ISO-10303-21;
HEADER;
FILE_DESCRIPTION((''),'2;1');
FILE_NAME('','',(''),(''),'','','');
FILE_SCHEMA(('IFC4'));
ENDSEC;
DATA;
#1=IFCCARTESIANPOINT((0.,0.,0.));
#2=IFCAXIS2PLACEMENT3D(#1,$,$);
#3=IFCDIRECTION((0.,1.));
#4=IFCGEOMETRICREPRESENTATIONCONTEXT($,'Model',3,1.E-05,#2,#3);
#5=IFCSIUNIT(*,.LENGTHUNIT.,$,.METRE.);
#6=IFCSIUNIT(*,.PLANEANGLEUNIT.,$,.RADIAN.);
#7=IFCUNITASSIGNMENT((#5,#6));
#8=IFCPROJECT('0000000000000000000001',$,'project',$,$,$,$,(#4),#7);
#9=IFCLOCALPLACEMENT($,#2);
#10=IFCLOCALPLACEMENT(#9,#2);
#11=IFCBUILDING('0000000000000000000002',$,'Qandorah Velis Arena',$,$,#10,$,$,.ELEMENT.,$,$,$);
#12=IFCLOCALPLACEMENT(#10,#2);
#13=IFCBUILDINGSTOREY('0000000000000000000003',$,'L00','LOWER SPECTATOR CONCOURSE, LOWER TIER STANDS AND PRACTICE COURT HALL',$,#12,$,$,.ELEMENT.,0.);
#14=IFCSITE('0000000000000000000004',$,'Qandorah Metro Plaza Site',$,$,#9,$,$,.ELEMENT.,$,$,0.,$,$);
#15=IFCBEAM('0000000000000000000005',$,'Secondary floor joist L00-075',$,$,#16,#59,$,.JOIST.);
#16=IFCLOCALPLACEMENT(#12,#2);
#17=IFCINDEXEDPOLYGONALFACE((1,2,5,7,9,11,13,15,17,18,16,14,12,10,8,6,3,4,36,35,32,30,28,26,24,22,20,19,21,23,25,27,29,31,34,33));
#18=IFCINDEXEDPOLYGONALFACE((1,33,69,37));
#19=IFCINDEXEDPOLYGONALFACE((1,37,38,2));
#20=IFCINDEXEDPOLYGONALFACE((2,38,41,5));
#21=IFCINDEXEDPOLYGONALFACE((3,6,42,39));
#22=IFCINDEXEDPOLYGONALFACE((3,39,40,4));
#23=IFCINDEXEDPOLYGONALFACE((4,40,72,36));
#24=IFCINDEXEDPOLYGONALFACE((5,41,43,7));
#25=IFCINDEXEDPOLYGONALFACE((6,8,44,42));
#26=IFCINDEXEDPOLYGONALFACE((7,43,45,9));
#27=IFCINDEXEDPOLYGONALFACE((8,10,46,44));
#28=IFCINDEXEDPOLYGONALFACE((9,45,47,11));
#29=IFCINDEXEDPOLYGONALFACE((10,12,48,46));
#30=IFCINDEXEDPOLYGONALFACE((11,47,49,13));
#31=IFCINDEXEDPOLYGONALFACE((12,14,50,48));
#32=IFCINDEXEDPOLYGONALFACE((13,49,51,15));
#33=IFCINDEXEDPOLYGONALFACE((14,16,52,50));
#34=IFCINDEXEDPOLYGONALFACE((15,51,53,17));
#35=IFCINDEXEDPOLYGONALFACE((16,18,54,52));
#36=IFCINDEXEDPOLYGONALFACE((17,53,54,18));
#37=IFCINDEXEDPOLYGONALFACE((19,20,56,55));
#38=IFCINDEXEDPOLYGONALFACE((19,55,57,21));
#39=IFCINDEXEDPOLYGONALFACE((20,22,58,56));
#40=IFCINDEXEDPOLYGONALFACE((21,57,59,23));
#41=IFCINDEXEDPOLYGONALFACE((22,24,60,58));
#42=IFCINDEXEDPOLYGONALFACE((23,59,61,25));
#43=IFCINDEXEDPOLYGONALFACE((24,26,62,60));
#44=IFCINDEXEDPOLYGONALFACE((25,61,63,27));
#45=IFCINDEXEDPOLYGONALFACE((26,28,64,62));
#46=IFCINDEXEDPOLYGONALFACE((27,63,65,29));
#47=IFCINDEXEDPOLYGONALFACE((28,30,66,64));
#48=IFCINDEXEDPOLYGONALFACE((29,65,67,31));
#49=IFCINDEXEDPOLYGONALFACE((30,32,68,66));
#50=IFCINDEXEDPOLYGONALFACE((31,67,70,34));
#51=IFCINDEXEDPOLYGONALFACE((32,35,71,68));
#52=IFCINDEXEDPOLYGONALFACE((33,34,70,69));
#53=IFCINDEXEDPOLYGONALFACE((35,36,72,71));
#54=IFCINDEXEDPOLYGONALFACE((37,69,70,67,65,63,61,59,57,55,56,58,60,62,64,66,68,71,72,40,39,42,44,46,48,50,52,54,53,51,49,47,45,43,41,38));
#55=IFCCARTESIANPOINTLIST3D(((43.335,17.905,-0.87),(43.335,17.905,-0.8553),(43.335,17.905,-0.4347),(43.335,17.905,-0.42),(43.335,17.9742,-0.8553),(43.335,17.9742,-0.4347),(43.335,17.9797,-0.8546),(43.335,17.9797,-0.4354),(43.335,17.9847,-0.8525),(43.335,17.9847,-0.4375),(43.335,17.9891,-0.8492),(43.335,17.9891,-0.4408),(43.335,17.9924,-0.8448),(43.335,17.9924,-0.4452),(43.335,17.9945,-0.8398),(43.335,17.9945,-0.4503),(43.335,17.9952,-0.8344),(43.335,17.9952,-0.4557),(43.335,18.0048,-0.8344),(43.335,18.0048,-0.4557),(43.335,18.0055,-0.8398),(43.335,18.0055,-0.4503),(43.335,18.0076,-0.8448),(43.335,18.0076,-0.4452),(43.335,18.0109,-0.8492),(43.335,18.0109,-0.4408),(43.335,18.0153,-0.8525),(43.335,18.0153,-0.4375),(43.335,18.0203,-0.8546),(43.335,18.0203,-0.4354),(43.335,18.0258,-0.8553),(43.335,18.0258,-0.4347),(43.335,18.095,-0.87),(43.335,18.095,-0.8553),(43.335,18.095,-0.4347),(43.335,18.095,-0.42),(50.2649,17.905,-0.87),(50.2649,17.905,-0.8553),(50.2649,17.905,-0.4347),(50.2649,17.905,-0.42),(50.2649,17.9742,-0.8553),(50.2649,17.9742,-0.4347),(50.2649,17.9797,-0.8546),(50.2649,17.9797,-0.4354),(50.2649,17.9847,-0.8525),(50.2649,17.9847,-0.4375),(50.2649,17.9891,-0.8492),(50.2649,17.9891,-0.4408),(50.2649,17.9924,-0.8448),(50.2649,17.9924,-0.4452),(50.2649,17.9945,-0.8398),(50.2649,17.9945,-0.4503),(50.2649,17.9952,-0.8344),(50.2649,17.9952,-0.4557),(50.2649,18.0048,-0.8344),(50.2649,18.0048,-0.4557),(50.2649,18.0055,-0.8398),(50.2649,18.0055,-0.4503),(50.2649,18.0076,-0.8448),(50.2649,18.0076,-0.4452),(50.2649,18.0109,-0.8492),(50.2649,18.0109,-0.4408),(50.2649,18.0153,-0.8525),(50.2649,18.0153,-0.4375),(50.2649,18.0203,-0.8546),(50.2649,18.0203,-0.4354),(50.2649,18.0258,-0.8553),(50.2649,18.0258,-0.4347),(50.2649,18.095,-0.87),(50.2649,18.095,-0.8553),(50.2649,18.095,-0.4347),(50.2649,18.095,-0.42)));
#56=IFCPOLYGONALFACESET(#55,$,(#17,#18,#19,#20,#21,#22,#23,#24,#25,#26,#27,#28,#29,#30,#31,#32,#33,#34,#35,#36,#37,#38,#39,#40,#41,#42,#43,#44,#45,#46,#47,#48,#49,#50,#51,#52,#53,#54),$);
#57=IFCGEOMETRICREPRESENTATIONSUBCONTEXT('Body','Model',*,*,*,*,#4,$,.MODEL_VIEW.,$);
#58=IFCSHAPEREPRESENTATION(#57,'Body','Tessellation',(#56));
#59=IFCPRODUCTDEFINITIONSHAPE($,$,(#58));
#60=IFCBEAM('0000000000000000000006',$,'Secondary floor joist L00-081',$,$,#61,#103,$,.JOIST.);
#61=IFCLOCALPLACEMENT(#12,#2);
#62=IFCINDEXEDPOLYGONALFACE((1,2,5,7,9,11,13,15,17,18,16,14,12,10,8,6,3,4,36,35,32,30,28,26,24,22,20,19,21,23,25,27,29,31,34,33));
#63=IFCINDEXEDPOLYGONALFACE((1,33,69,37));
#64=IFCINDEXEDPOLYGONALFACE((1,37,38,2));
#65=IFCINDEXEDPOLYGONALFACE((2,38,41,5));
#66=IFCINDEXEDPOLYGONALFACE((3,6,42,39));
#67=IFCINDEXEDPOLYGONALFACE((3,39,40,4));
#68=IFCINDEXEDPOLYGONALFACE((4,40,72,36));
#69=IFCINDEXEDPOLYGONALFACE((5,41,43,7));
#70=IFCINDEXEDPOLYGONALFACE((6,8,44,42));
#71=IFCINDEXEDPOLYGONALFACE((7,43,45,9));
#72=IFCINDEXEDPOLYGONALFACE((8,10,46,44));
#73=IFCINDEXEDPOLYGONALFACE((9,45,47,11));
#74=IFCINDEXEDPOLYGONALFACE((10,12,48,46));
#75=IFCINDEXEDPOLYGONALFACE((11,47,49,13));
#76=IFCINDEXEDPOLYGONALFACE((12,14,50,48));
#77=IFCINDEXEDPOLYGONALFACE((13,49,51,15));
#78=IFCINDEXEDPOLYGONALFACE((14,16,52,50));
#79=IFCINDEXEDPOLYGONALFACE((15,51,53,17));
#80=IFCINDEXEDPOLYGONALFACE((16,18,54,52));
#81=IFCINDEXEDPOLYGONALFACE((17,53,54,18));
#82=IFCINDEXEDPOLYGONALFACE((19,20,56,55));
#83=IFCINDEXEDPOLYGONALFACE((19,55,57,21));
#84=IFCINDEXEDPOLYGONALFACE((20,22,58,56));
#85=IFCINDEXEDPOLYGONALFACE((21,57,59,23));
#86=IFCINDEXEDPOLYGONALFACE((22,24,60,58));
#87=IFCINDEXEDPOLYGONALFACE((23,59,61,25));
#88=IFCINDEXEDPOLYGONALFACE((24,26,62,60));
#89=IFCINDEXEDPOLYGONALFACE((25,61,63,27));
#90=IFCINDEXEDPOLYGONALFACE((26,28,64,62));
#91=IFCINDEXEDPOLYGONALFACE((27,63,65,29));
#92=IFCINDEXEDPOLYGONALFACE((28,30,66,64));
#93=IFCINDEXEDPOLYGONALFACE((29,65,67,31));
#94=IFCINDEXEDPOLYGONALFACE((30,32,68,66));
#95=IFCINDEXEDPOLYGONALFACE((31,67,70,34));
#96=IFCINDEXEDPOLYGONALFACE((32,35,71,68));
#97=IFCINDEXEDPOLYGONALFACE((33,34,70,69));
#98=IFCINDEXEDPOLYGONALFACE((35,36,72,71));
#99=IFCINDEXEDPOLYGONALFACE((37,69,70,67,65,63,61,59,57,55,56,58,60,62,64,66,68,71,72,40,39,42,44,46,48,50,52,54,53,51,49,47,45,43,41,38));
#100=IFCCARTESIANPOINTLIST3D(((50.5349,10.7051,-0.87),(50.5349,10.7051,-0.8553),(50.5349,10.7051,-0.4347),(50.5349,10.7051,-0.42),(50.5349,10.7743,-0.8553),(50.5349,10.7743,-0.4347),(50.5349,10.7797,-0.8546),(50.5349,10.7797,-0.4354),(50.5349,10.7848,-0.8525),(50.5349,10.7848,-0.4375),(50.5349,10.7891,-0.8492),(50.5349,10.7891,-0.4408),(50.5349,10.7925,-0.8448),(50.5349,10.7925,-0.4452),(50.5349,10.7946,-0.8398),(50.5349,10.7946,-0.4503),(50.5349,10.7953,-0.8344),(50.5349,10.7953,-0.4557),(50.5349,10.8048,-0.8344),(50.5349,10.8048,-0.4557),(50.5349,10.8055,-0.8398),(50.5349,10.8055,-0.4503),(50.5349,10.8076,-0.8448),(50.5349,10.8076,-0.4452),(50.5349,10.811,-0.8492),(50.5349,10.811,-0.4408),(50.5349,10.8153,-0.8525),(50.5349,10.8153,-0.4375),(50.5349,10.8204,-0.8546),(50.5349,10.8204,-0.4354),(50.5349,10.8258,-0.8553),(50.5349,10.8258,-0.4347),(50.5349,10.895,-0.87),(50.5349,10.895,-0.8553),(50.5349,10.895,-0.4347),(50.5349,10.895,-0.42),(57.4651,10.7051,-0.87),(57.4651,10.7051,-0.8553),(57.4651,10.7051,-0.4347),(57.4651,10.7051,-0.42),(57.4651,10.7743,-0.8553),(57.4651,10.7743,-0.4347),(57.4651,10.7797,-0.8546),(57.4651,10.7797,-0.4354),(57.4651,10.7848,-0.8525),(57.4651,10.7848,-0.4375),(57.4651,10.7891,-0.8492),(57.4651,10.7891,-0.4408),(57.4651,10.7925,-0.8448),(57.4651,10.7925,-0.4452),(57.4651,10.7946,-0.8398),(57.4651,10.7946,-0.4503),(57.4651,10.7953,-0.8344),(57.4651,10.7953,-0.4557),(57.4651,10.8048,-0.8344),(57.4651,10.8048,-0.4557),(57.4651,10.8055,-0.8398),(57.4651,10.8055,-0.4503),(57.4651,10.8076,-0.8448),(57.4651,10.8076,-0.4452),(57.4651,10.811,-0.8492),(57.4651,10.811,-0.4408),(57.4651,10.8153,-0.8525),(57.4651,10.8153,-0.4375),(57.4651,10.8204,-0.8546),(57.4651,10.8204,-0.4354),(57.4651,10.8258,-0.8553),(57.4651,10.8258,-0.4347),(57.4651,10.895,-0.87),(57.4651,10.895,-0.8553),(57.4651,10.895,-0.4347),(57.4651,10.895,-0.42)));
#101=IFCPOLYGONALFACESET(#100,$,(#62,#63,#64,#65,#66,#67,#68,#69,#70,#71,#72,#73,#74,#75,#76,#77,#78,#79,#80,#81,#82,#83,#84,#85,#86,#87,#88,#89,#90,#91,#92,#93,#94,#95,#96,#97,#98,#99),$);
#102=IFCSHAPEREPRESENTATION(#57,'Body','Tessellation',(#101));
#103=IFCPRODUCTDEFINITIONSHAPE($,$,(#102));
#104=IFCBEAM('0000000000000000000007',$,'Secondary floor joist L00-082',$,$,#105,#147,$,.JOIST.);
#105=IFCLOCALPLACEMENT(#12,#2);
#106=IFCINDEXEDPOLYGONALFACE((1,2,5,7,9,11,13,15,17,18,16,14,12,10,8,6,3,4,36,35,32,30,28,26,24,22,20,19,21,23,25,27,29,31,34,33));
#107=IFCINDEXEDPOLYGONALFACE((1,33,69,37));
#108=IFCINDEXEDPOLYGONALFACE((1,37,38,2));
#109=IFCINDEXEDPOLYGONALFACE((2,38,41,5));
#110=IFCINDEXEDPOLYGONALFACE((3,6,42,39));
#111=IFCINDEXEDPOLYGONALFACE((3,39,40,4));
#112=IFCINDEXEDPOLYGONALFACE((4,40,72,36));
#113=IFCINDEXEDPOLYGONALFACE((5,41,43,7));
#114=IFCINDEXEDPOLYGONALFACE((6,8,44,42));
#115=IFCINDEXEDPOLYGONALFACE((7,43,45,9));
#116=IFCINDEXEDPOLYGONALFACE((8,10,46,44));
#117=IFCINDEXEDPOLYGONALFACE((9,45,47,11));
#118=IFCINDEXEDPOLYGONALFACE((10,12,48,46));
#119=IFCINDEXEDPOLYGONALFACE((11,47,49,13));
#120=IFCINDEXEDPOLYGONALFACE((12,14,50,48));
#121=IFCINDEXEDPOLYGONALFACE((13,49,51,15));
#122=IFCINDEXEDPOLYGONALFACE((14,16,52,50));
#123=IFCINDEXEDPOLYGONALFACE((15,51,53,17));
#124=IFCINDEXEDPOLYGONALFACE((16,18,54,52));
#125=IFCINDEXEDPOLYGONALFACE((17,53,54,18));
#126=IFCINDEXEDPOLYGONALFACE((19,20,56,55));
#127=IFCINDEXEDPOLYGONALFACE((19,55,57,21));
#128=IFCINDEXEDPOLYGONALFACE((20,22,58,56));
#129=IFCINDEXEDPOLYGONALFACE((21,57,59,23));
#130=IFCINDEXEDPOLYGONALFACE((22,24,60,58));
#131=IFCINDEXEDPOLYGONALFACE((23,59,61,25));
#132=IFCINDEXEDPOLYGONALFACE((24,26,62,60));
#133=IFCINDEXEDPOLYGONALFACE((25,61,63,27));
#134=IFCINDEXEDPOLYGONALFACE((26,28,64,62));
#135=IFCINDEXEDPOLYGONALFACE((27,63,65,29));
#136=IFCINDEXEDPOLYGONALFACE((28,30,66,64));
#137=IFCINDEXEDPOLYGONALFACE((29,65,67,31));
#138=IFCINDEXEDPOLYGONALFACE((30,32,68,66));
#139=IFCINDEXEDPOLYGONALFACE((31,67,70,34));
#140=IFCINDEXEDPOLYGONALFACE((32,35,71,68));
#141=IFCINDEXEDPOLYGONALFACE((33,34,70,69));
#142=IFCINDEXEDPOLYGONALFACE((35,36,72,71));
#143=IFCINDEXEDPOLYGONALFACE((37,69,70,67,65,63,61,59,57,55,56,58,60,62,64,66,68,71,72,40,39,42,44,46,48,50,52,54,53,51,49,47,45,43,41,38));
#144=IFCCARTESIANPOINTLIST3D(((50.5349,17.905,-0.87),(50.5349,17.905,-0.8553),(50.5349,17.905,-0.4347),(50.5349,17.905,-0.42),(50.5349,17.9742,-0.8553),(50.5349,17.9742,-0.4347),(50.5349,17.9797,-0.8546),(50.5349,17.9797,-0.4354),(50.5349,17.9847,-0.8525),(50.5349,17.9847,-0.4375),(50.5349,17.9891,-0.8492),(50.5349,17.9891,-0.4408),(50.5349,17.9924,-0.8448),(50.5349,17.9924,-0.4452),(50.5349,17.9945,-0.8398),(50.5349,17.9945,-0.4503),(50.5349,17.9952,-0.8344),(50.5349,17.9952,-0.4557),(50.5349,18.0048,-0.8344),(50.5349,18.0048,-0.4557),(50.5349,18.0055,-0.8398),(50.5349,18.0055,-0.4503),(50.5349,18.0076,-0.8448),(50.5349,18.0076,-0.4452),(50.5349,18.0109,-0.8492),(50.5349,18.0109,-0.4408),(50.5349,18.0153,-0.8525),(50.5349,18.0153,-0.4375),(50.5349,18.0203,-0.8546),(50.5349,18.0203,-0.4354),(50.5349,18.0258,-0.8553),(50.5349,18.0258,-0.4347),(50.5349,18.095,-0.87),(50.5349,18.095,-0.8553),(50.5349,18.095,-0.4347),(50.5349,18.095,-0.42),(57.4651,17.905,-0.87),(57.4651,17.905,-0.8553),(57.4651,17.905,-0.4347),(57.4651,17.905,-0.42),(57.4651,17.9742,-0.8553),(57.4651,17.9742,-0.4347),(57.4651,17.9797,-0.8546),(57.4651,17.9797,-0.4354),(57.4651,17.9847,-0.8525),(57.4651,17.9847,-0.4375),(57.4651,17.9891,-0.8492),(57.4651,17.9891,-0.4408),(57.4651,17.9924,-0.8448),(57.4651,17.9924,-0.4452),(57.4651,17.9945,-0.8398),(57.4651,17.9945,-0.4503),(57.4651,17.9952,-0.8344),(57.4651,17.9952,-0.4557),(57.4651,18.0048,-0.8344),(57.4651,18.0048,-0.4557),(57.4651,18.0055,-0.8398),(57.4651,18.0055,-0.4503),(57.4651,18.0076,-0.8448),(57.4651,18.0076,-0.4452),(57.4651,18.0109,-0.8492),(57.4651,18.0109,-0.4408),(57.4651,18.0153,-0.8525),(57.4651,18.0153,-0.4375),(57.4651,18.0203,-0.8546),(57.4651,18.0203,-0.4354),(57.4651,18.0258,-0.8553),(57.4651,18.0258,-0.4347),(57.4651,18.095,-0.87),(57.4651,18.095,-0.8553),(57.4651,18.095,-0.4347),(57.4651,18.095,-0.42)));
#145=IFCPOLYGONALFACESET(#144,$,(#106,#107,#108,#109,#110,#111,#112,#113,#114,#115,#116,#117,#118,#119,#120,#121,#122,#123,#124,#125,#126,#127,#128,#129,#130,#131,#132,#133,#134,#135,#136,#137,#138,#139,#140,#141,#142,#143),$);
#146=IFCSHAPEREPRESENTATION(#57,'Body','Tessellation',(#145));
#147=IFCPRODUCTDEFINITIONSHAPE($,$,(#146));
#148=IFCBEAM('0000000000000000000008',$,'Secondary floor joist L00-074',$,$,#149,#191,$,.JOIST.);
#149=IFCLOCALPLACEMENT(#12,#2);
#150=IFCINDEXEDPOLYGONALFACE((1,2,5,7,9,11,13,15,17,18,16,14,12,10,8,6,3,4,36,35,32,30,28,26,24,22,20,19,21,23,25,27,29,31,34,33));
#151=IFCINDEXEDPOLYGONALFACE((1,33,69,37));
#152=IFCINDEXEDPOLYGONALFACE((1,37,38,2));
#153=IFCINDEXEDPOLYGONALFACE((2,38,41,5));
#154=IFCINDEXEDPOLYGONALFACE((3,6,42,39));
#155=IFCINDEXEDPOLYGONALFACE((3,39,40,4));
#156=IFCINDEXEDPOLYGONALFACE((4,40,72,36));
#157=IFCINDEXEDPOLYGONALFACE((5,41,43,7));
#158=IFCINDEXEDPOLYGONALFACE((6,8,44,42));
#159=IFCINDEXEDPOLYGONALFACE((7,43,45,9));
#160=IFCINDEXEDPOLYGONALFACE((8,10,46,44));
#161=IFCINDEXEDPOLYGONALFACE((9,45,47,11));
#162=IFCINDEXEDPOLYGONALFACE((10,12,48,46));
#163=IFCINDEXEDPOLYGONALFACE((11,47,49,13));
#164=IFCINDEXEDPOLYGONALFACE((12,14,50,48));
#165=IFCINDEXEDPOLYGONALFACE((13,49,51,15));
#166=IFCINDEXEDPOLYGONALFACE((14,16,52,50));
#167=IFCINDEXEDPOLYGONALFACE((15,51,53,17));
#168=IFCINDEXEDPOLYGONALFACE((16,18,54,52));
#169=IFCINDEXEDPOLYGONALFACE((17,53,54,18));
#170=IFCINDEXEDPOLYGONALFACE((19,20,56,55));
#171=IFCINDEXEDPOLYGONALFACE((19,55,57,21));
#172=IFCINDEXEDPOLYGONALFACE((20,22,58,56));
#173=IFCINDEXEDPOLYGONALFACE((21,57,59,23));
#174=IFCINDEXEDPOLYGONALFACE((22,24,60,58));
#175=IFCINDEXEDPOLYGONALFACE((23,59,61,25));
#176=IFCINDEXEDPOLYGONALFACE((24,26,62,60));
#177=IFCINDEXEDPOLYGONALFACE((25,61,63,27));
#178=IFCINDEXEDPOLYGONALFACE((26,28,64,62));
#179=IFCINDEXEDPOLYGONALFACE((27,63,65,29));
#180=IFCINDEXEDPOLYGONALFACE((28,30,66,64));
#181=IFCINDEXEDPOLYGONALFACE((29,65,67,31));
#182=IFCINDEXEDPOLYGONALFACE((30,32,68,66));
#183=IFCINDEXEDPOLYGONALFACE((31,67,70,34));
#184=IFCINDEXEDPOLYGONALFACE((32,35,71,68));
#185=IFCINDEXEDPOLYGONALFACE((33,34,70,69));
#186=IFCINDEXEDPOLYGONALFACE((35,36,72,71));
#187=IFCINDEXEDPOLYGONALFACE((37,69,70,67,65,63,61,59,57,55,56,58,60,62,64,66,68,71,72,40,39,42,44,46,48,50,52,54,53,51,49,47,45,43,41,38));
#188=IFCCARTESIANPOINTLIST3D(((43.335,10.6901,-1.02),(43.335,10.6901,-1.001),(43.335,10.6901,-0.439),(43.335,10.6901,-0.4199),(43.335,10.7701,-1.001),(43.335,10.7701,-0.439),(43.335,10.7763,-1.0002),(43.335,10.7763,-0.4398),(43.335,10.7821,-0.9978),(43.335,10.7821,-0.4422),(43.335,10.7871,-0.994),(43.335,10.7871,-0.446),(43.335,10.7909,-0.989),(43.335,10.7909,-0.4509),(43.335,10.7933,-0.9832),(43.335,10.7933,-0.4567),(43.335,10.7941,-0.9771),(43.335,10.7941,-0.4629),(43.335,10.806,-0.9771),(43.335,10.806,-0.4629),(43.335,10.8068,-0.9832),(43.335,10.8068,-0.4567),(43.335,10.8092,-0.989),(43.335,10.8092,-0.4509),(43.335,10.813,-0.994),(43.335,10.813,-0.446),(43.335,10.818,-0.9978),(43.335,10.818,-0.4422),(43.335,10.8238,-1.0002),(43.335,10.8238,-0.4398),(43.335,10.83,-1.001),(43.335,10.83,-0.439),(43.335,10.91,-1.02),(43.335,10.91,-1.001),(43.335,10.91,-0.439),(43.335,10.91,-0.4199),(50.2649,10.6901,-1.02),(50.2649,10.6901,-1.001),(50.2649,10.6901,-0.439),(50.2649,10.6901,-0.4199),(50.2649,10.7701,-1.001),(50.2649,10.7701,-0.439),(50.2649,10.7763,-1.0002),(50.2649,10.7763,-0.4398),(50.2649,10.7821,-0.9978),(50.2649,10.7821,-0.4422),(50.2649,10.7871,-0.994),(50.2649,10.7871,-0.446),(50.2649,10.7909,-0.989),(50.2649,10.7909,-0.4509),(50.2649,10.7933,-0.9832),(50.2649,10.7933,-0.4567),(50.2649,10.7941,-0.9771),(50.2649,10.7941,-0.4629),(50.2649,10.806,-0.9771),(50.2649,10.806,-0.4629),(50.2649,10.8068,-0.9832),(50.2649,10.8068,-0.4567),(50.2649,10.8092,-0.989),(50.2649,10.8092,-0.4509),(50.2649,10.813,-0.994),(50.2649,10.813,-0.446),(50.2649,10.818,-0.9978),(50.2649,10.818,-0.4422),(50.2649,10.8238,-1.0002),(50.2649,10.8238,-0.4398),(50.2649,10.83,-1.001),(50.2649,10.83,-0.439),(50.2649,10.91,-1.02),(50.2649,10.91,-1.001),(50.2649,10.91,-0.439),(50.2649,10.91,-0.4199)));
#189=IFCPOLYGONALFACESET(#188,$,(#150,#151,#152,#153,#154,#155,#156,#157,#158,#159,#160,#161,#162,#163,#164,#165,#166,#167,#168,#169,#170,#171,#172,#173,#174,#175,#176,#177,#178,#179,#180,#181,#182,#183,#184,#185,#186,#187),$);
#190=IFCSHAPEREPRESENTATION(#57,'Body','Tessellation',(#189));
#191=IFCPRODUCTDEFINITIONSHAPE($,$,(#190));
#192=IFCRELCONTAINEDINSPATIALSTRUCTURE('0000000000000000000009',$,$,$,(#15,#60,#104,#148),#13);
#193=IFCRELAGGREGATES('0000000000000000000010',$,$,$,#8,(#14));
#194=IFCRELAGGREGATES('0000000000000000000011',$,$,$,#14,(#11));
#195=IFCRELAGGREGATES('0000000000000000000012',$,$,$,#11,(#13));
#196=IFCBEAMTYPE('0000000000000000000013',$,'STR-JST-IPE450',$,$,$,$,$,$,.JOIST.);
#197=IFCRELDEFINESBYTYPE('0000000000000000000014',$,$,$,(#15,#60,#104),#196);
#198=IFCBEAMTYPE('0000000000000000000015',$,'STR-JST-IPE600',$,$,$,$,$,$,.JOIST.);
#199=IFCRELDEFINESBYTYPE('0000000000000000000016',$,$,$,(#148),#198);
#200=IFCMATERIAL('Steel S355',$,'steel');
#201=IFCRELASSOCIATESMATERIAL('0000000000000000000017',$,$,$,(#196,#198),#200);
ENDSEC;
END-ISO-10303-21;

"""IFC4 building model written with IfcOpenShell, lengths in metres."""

from ifc_helpers import new_model, si_unit, direction, frame, origin, origin_2d, place, context, subcontext, project, spatial, i_section, extrude, material, material_profile, profile_set, type_object, element, save


model = new_model("IFC4")

# Units and contexts
model_context = context("Model", 3, precision=1e-05, world=origin(), true_north=direction((0.0, 1.0)))
body_context = subcontext(model_context, "Body", "Model", "MODEL_VIEW")
ifc_project = project(units=[si_unit("LENGTHUNIT", "METRE"), si_unit("PLANEANGLEUNIT", "RADIAN")], contexts=[model_context])

# Site, building, storey
site_placement = place(None, origin())
site = spatial("IfcSite", under=ifc_project, at=site_placement, Name="Qandorah Metro Plaza Site", CompositionType="ELEMENT", RefElevation=0.0)
building_placement = place(site_placement, origin())
building = spatial("IfcBuilding", under=site, at=building_placement, Name="Qandorah Velis Arena", CompositionType="ELEMENT")
storey_placement = place(building_placement, origin())
storey = spatial("IfcBuildingStorey", under=building, at=storey_placement, Name="L00", Description="LOWER SPECTATOR CONCOURSE, LOWER TIER STANDS AND PRACTICE COURT HALL", CompositionType="ELEMENT", Elevation=0.0)

# Beams
ifc_material_1 = material(Name="Steel S355", Category="steel")
ifc_material_profile_1 = material_profile(ifc_material_1, i_section(OverallWidth=0.1899, OverallDepth=0.45, WebThickness=0.0095, FlangeThickness=0.0146, FilletRadius=0.021, at=origin_2d()), Name="IPE 450")
ifc_profile_set_1 = profile_set([ifc_material_profile_1], Name="Steel S355")
beam_type_1 = type_object("IfcBeamType", Name="STR-JST-IPE450", PredefinedType="JOIST", material=ifc_profile_set_1)
for number, where, z_axis, x_axis, name in (
    (1, (43.335, 18.0, -0.645), (1.0, 0.0, 0.0), (0.0, 1.0, 0.0), "Secondary floor joist L00-075"),
):
    element("IfcBeam", number, at=place(storey_placement, frame(where, z_axis=z_axis, x_axis=x_axis)), inside=storey, type_object=beam_type_1, Name=name, PredefinedType="JOIST", context=body_context, shape_type="SweptSolid", body=[
        extrude(i_section(OverallWidth=0.1899, OverallDepth=0.45, WebThickness=0.0095, FlangeThickness=0.0146, FilletRadius=0.021, at=origin_2d()), origin(), (0.0, 0.0, 1.0), 6.9299),
    ])
for number, where, z_axis, x_axis, name in (
    (2, (50.5349, 10.8, -0.645), (1.0, 0.0, 0.0), (0.0, 1.0, 0.0), "Secondary floor joist L00-081"),
    (3, (50.5349, 18.0, -0.645), (1.0, 0.0, 0.0), (0.0, 1.0, 0.0), "Secondary floor joist L00-082"),
):
    element("IfcBeam", number, at=place(storey_placement, frame(where, z_axis=z_axis, x_axis=x_axis)), inside=storey, type_object=beam_type_1, Name=name, PredefinedType="JOIST", context=body_context, shape_type="SweptSolid", body=[
        extrude(i_section(OverallWidth=0.1899, OverallDepth=0.45, WebThickness=0.0095, FlangeThickness=0.0146, FilletRadius=0.021, at=origin_2d()), origin(), (0.0, 0.0, 1.0), 6.9302),
    ])
ifc_material_profile_2 = material_profile(ifc_material_1, i_section(OverallWidth=0.22, OverallDepth=0.6001, WebThickness=0.012, FlangeThickness=0.019, FilletRadius=0.0239, at=origin_2d()), Name="IPE 600")
ifc_profile_set_2 = profile_set([ifc_material_profile_2], Name="Steel S355")
beam_type_2 = type_object("IfcBeamType", Name="STR-JST-IPE600", PredefinedType="JOIST", material=ifc_profile_set_2)
beam_1_placement = place(storey_placement, frame((43.335, 10.8, -0.72), z_axis=(1.0, 0.0, 0.0), x_axis=(0.0, 1.0, 0.0)))
element("IfcBeam", 4, at=beam_1_placement, inside=storey, type_object=beam_type_2, Name="Secondary floor joist L00-074", PredefinedType="JOIST", context=body_context, shape_type="SweptSolid", body=[
    extrude(i_section(OverallWidth=0.22, OverallDepth=0.6001, WebThickness=0.012, FlangeThickness=0.019, FilletRadius=0.0239, at=origin_2d()), origin(), (0.0, 0.0, 1.0), 6.9299),
])

save(model, "model.ifc")
